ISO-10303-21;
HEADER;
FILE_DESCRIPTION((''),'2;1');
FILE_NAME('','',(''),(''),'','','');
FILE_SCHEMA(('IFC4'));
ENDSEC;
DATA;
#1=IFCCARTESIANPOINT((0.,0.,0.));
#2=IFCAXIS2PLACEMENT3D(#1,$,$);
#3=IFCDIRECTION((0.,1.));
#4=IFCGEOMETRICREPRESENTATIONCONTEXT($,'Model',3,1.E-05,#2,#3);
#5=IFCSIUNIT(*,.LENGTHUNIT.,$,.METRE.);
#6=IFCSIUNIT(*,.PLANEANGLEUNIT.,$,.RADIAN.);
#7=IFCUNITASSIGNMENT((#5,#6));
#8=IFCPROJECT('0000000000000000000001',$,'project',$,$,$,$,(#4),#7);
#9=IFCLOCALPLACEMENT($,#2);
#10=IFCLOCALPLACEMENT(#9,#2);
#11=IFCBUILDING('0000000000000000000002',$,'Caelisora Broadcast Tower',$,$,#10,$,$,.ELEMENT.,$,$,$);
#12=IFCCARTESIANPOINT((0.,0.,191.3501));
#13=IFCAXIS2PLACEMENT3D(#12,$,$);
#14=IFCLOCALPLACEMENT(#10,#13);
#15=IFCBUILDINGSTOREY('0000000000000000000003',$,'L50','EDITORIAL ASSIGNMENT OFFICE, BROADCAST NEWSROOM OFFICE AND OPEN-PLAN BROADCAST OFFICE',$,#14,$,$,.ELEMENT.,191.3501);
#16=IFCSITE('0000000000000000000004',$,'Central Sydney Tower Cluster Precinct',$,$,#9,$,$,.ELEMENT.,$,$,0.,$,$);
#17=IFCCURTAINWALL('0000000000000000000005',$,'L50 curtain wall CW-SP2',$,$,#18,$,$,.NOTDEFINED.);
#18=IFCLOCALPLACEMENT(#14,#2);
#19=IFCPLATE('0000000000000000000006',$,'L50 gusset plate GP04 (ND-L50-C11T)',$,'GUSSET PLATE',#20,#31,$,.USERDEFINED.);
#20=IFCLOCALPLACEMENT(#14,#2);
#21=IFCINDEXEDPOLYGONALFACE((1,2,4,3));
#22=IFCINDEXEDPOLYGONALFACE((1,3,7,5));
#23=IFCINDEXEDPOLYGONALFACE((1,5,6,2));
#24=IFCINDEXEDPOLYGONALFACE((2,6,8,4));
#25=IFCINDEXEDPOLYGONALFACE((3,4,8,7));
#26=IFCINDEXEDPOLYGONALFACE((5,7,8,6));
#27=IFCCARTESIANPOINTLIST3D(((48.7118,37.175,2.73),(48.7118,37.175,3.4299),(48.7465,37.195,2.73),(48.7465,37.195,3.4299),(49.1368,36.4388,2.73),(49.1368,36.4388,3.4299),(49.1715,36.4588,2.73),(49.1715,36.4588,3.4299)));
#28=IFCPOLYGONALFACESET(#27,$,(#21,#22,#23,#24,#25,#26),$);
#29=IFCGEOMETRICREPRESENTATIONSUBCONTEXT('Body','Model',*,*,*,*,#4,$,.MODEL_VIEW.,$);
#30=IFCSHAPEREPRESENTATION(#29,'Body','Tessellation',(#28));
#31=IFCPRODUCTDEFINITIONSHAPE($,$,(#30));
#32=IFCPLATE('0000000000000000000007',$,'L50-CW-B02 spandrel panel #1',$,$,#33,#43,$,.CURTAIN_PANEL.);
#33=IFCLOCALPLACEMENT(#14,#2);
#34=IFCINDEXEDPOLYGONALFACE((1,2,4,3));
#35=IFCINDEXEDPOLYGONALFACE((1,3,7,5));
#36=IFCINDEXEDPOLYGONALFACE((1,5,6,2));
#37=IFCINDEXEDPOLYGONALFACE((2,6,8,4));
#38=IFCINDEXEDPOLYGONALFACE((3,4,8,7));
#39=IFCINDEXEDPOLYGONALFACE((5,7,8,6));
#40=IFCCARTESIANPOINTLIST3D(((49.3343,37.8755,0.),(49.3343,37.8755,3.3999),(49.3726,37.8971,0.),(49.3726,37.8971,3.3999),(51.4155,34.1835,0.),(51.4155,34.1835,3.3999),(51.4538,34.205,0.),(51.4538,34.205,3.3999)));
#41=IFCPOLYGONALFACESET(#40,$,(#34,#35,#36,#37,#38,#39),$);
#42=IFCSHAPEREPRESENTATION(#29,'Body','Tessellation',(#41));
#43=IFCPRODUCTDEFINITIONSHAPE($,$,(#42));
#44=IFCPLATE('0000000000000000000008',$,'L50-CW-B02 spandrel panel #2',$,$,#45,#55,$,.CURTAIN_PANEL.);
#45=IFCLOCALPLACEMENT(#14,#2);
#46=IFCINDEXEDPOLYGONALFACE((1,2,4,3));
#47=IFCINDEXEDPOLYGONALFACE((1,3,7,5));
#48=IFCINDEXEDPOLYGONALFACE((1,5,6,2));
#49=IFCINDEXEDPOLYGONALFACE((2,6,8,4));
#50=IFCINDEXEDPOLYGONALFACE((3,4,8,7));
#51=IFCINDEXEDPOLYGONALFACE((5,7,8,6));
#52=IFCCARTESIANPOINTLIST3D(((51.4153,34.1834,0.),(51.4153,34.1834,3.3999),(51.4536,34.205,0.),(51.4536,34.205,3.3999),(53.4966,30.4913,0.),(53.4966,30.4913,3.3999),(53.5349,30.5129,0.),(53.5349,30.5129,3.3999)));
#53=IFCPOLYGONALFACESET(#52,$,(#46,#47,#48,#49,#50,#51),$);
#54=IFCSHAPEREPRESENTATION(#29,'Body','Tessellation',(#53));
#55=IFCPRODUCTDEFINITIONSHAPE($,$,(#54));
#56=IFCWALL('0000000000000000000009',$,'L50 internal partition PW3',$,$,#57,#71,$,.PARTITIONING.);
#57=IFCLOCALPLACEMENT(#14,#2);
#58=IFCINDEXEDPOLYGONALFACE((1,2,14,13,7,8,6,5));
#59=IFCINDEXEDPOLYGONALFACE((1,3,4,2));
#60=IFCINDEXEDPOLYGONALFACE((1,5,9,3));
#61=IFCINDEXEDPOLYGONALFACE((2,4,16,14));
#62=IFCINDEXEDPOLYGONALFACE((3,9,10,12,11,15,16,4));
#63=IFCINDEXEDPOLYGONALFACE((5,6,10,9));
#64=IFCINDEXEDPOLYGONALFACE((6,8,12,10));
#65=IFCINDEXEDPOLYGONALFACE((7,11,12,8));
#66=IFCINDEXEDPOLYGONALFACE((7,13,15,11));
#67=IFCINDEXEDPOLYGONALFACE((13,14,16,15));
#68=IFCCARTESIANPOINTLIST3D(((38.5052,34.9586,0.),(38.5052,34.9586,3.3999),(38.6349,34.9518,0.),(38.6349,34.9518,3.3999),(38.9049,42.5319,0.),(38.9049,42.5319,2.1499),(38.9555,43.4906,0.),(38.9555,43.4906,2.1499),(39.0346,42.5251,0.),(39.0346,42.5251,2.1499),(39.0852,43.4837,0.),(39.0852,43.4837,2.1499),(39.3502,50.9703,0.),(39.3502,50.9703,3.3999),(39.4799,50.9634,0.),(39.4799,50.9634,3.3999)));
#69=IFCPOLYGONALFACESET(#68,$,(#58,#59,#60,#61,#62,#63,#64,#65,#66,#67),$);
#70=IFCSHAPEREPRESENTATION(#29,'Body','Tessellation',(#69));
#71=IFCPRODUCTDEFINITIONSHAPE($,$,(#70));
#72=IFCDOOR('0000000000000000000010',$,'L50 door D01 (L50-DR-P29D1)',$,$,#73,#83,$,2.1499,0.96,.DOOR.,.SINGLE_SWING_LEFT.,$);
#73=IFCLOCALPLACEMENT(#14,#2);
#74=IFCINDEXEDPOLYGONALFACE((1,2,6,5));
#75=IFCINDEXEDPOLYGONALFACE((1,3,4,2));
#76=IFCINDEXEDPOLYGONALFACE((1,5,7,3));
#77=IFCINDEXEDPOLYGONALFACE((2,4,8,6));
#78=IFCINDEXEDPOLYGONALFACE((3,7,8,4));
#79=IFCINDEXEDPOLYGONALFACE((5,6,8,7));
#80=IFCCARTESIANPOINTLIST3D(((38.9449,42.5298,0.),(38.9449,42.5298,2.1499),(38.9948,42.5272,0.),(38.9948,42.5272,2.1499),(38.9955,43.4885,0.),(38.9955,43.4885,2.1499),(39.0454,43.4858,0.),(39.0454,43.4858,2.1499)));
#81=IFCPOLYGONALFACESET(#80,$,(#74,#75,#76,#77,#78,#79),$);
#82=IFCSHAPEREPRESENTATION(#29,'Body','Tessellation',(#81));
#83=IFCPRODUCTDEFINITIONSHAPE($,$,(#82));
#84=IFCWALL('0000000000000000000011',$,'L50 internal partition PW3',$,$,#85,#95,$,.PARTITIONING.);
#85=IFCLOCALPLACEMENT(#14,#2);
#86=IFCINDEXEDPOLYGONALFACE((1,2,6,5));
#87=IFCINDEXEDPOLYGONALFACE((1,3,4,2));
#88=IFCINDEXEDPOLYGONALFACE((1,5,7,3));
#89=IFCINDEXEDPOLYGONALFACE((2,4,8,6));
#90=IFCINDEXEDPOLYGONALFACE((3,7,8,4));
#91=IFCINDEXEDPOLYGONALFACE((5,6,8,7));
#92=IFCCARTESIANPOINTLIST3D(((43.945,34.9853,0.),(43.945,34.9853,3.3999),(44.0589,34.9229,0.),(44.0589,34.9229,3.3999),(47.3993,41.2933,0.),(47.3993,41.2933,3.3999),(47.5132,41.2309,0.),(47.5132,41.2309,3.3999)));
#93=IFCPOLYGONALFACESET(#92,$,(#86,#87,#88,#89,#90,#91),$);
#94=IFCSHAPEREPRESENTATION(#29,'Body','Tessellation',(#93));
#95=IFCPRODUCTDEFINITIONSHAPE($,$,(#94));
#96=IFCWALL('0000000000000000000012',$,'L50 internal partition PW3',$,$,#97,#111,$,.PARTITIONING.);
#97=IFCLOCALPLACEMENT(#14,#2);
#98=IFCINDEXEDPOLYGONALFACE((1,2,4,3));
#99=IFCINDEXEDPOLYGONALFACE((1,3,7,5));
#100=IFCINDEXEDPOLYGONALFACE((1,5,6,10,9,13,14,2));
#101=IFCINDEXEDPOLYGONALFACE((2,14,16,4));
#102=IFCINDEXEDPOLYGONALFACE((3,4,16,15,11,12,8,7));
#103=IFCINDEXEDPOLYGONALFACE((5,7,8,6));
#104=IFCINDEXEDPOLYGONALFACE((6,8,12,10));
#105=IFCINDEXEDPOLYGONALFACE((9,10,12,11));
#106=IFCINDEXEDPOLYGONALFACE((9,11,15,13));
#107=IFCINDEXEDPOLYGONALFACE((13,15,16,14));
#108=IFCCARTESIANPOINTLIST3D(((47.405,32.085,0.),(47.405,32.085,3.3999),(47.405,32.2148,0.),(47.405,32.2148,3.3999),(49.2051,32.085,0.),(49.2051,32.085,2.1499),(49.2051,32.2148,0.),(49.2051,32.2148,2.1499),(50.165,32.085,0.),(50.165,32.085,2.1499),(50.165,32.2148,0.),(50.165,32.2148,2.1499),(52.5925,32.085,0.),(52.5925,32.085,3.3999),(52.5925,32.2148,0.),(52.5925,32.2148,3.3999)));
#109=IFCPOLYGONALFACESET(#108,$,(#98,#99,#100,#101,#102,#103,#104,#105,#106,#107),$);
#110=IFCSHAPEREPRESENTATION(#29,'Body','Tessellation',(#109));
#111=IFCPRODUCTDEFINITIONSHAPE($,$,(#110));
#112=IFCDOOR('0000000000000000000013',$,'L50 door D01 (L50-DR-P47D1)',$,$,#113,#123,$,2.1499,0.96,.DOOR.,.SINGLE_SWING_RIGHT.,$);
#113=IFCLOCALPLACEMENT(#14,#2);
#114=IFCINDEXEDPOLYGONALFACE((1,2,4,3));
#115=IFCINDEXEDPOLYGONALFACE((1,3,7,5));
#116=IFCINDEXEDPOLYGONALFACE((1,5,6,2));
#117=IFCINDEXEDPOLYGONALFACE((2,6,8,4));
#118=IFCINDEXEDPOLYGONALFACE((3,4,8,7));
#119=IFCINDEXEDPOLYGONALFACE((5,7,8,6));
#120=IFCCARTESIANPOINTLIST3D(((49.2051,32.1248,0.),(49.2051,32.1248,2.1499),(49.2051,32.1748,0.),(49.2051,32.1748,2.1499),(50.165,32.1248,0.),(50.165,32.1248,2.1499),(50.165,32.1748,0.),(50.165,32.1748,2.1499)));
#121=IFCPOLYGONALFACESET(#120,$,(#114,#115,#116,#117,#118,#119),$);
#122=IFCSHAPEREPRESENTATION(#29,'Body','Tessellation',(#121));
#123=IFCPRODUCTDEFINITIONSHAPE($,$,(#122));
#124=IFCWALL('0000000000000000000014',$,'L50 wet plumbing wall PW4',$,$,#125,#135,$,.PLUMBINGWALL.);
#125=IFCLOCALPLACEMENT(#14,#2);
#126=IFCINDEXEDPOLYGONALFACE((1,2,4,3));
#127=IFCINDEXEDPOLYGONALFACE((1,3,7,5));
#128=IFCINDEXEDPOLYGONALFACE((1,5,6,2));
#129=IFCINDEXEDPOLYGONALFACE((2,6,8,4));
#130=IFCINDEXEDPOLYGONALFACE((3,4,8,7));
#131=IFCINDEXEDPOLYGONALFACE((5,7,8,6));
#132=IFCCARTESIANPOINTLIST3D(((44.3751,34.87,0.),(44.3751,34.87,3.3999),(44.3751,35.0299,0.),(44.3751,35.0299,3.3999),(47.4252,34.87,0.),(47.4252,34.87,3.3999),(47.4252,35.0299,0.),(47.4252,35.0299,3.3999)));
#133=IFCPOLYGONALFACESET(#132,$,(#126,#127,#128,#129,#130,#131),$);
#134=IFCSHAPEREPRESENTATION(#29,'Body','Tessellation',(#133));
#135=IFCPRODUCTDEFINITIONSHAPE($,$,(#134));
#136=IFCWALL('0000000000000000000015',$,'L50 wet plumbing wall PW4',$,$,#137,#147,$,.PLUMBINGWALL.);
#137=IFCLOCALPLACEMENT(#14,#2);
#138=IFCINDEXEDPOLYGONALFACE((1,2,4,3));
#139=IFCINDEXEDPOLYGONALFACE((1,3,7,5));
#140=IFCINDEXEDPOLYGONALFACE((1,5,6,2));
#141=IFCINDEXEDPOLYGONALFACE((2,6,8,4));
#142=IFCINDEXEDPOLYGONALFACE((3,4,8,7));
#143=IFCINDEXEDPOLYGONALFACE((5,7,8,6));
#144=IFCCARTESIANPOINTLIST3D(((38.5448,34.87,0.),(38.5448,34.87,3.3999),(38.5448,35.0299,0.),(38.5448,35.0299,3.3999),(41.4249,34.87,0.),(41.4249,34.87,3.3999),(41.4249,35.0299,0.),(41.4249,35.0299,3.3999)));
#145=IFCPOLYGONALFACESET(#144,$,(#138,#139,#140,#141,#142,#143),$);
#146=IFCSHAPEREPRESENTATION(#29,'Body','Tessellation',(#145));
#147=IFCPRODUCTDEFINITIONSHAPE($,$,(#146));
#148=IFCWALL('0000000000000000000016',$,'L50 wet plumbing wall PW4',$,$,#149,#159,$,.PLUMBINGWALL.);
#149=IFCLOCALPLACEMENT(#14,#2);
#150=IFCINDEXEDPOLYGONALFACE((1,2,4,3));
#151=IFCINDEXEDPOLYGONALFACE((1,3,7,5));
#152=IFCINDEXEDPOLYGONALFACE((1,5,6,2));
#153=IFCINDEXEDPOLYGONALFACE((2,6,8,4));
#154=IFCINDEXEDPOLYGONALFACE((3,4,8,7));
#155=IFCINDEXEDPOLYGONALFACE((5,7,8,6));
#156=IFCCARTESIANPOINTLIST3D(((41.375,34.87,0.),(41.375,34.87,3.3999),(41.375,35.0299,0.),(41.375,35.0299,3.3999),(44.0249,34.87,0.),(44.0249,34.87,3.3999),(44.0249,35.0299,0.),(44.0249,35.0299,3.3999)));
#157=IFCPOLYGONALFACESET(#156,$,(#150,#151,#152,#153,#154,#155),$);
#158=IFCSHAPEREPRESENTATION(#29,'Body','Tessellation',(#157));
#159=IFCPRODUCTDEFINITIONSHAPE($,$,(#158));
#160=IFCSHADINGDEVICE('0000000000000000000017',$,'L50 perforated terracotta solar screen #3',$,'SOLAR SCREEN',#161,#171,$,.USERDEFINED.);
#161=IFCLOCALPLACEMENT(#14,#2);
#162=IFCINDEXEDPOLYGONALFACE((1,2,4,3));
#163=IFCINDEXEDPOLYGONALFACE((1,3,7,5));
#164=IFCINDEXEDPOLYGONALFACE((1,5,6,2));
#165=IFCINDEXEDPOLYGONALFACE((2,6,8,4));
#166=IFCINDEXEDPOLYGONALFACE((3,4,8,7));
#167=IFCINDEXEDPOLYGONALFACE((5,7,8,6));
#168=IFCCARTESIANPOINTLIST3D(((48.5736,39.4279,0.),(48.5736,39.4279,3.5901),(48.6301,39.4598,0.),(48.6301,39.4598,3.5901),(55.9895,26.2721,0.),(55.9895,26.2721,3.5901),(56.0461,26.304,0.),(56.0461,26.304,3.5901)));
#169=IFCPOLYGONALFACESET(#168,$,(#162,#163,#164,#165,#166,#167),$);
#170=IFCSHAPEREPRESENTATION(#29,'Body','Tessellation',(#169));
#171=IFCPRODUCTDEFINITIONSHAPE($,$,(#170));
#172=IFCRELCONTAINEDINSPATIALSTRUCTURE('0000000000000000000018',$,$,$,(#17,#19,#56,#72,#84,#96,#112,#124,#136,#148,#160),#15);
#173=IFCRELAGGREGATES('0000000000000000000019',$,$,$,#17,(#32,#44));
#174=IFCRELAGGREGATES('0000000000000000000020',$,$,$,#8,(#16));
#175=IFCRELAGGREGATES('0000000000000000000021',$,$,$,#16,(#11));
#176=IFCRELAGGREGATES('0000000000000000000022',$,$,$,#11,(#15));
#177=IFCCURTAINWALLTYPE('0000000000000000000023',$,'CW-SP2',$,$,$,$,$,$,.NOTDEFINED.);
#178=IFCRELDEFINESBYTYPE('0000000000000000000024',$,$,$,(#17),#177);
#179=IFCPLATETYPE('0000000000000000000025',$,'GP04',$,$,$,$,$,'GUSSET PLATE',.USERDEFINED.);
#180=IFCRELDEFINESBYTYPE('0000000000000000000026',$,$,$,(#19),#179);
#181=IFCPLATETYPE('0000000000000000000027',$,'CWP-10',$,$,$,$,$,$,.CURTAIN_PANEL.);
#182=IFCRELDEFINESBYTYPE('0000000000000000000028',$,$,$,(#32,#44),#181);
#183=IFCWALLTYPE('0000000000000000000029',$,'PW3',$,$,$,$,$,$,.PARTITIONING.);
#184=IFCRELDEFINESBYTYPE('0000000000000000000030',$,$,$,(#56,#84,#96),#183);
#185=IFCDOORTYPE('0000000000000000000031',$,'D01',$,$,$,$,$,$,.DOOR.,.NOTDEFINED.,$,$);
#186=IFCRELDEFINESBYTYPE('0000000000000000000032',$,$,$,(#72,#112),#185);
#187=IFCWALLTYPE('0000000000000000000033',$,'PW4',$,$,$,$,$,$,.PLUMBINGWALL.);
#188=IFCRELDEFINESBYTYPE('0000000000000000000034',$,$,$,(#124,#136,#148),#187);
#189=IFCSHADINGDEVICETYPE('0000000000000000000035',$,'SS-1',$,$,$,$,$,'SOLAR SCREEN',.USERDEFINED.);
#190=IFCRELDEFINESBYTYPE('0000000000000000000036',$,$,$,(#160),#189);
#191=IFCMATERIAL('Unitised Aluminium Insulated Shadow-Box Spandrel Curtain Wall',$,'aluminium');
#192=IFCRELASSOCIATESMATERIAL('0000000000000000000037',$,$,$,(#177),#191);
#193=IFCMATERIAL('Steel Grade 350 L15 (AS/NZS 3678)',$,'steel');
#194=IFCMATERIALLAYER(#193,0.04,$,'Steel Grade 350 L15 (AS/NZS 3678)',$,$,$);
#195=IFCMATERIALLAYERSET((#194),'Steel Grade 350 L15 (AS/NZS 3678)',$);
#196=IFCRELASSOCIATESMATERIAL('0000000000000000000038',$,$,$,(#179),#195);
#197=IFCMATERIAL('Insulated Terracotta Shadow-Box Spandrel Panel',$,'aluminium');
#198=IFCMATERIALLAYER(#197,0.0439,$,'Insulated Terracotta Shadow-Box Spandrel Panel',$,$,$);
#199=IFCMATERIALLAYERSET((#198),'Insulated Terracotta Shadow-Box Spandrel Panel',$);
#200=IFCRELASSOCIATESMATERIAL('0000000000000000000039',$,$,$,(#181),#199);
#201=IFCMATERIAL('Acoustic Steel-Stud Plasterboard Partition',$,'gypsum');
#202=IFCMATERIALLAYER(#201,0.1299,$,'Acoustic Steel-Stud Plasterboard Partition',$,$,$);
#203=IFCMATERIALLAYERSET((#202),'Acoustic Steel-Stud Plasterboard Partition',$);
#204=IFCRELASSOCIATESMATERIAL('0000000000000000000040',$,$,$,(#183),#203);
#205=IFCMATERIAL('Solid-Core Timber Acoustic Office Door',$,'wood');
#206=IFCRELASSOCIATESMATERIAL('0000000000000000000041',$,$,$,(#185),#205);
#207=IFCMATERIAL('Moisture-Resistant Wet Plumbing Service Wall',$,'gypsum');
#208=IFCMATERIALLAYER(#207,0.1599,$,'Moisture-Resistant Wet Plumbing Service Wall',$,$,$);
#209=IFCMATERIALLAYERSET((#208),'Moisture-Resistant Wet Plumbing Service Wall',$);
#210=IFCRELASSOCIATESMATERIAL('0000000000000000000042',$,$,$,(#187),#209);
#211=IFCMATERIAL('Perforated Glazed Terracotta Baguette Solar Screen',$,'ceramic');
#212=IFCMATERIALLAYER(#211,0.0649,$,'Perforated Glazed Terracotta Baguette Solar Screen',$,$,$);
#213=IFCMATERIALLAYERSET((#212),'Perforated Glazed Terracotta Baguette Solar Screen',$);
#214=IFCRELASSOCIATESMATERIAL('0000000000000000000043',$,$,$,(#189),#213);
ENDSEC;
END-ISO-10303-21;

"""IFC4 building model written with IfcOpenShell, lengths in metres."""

from ifc_helpers import new_model, si_unit, direction, frame, frame_2d, origin, origin_2d, place, context, subcontext, project, spatial, rectangle, extrude, source, transform, mapped, material, layer, layer_set, type_object, type_shapes, element, fill, aggregate, save


model = new_model("IFC4")

# Units and contexts
model_context = context("Model", 3, precision=1e-05, world=origin(), true_north=direction((0.0, 1.0)))
body_context = subcontext(model_context, "Body", "Model", "MODEL_VIEW")
ifc_project = project(units=[si_unit("LENGTHUNIT", "METRE"), si_unit("PLANEANGLEUNIT", "RADIAN")], contexts=[model_context])

# Site, building, storey
site_placement = place(None, origin())
site = spatial("IfcSite", under=ifc_project, at=site_placement, Name="Central Sydney Tower Cluster Precinct", CompositionType="ELEMENT", RefElevation=0.0)
building_placement = place(site_placement, origin())
building = spatial("IfcBuilding", under=site, at=building_placement, Name="Caelisora Broadcast Tower", CompositionType="ELEMENT")
storey_placement = place(building_placement, frame((0.0, 0.0, 191.3501)))
storey = spatial("IfcBuildingStorey", under=building, at=storey_placement, Name="L50", Description="EDITORIAL ASSIGNMENT OFFICE, BROADCAST NEWSROOM OFFICE AND OPEN-PLAN BROADCAST OFFICE", CompositionType="ELEMENT", Elevation=191.3501)

# Shared definitions
ifc_material_1 = material(Name="Steel Grade 350 L15 (AS/NZS 3678)", Category="steel")

# Curtain wall
ifc_material_2 = material(Name="Unitised Aluminium Insulated Shadow-Box Spandrel Curtain Wall", Category="aluminium")
curtain_wall_type = type_object("IfcCurtainWallType", Name="CW-SP2", PredefinedType="NOTDEFINED", material=ifc_material_2)
curtain_wall_placement = place(storey_placement, origin())
curtain_wall = element("IfcCurtainWall", 1, at=curtain_wall_placement, inside=storey, type_object=curtain_wall_type, Name="L50 curtain wall CW-SP2", PredefinedType="NOTDEFINED")

# Plates
ifc_layer_1 = layer(ifc_material_1, 0.04, Name="Steel Grade 350 L15 (AS/NZS 3678)")
ifc_layer_set_1 = layer_set([ifc_layer_1], Name="Steel Grade 350 L15 (AS/NZS 3678)")
plate_type_1 = type_object("IfcPlateType", Name="GP04", ElementType="GUSSET PLATE", PredefinedType="USERDEFINED", material=ifc_layer_set_1)
shared_shape_1 = source(origin(), body_context, "Body", "SweptSolid", [
    extrude(rectangle(XDim=0.8501, YDim=0.04, at=origin_2d()), origin(), (0.0, 0.0, 1.0), 0.7),
])
type_shapes(plate_type_1, [shared_shape_1])
plate_1_placement = place(storey_placement, frame((48.9417, 36.8169, 2.73), z_axis=(0.0, 0.0, 1.0), x_axis=(-0.5, 0.866025, 0.0)))
element("IfcPlate", 2, at=plate_1_placement, inside=storey, type_object=plate_type_1, Name="L50 gusset plate GP04 (ND-L50-C11T)", ObjectType="GUSSET PLATE", PredefinedType="USERDEFINED", context=body_context, shape_type="MappedRepresentation", body=[
    mapped(shared_shape_1, transform((0.0, 0.0, 0.0), scale=1.0)),
])
ifc_material_3 = material(Name="Insulated Terracotta Shadow-Box Spandrel Panel", Category="aluminium")
ifc_layer_2 = layer(ifc_material_3, 0.0439, Name="Insulated Terracotta Shadow-Box Spandrel Panel")
ifc_layer_set_2 = layer_set([ifc_layer_2], Name="Insulated Terracotta Shadow-Box Spandrel Panel")
plate_type_2 = type_object("IfcPlateType", Name="CWP-10", PredefinedType="CURTAIN_PANEL", material=ifc_layer_set_2)
shared_shape_2 = source(origin(), body_context, "Body", "SweptSolid", [
    extrude(rectangle(XDim=4.2383, YDim=0.0439, at=origin_2d()), origin(), (0.0, 0.0, 1.0), 3.3999),
])
type_shapes(plate_type_2, [shared_shape_2])
plate_2_placement = place(storey_placement, frame((50.394, 36.0403, 0.0), z_axis=(0.0, 0.0, 1.0), x_axis=(0.491056, -0.871128, 0.0)))
plate_2 = element("IfcPlate", 3, at=plate_2_placement, type_object=plate_type_2, Name="L50-CW-B02 spandrel panel #1", PredefinedType="CURTAIN_PANEL", context=body_context, shape_type="MappedRepresentation", body=[
    mapped(shared_shape_2, transform((0.0, 0.0, 0.0), scale=1.0)),
])
plate_3_placement = place(storey_placement, frame((52.4751, 32.3481, 0.0), z_axis=(0.0, 0.0, 1.0), x_axis=(0.491056, -0.871128, 0.0)))
plate_3 = element("IfcPlate", 4, at=plate_3_placement, type_object=plate_type_2, Name="L50-CW-B02 spandrel panel #2", PredefinedType="CURTAIN_PANEL", context=body_context, shape_type="MappedRepresentation", body=[
    mapped(shared_shape_2, transform((0.0, 0.0, 0.0), scale=1.0)),
])
aggregate(curtain_wall, [plate_2, plate_3])

# Wall, opening, door
ifc_material_4 = material(Name="Acoustic Steel-Stud Plasterboard Partition", Category="gypsum")
ifc_layer_3 = layer(ifc_material_4, 0.1299, Name="Acoustic Steel-Stud Plasterboard Partition")
ifc_layer_set_3 = layer_set([ifc_layer_3], Name="Acoustic Steel-Stud Plasterboard Partition")
wall_type_1 = type_object("IfcWallType", Name="PW3", PredefinedType="PARTITIONING", material=ifc_layer_set_3)
wall_1_placement = place(storey_placement, frame((38.5701, 34.9551, 0.0), z_axis=(0.0, 0.0, 1.0), x_axis=(0.052699, 0.99861, 0.0)))
wall_1 = element("IfcWall", 5, at=wall_1_placement, inside=storey, type_object=wall_type_1, Name="L50 internal partition PW3", PredefinedType="PARTITIONING", context=body_context, shape_type="SweptSolid", body=[
    extrude(rectangle(XDim=16.0339, YDim=0.1299, at=frame_2d((8.0171, 0.0))), origin(), (0.0, 0.0, 1.0), 3.3999),
])
opening_1_placement = place(wall_1_placement, frame((7.584, 0.0, 0.0)))
opening_1 = element("IfcOpeningElement", 6, at=opening_1_placement, cuts=wall_1, PredefinedType="OPENING", context=body_context, shape_type="SweptSolid", body=[
    extrude(rectangle(XDim=0.96, YDim=2.1499, at=frame_2d((0.48, 1.075))), frame((0.0, 0.0769, 0.0), z_axis=(0.0, -1.0, 0.0), x_axis=(1.0, 0.0, 0.0)), (0.0, 0.0, 1.0), 0.1538),
])
ifc_material_5 = material(Name="Solid-Core Timber Acoustic Office Door", Category="wood")
door_type = type_object("IfcDoorType", Name="D01", OperationType="NOTDEFINED", PredefinedType="DOOR", material=ifc_material_5)
door_1_placement = place(opening_1_placement, origin())
door_1 = element("IfcDoor", 7, at=door_1_placement, inside=storey, type_object=door_type, Name="L50 door D01 (L50-DR-P29D1)", OperationType="SINGLE_SWING_LEFT", OverallHeight=2.1499, OverallWidth=0.96, PredefinedType="DOOR", context=body_context, shape_type="SweptSolid", body=[
    extrude(rectangle(XDim=0.96, YDim=2.1499, at=frame_2d((0.48, 1.075))), frame((0.0, 0.0249, 0.0), z_axis=(0.0, -1.0, 0.0), x_axis=(1.0, 0.0, 0.0)), (0.0, 0.0, 1.0), 0.05),
])
fill(opening_1, door_1)

# Wall
wall_2_placement = place(storey_placement, frame((44.002, 34.9541, 0.0), z_axis=(0.0, 0.0, 1.0), x_axis=(0.480305, 0.877102, 0.0)))
element("IfcWall", 8, at=wall_2_placement, inside=storey, type_object=wall_type_1, Name="L50 internal partition PW3", PredefinedType="PARTITIONING", context=body_context, shape_type="SweptSolid", body=[
    extrude(rectangle(XDim=7.1919, YDim=0.1299, at=frame_2d((3.5959, 0.0))), origin(), (0.0, 0.0, 1.0), 3.3999),
])

# Wall, opening, door
wall_3_placement = place(storey_placement, frame((47.405, 32.1499, 0.0), z_axis=(0.0, 0.0, 1.0), x_axis=(1.0, 0.0, 0.0)))
wall_3 = element("IfcWall", 9, at=wall_3_placement, inside=storey, type_object=wall_type_1, Name="L50 internal partition PW3", PredefinedType="PARTITIONING", context=body_context, shape_type="SweptSolid", body=[
    extrude(rectangle(XDim=5.1875, YDim=0.1299, at=frame_2d((2.5938, 0.0))), origin(), (0.0, 0.0, 1.0), 3.3999),
])
opening_2_placement = place(wall_3_placement, frame((1.8, 0.0, 0.0)))
opening_2 = element("IfcOpeningElement", 10, at=opening_2_placement, cuts=wall_3, PredefinedType="OPENING", context=body_context, shape_type="SweptSolid", body=[
    extrude(rectangle(XDim=0.96, YDim=2.1499, at=frame_2d((0.48, 1.075))), frame((0.0, 0.0769, 0.0), z_axis=(0.0, -1.0, 0.0), x_axis=(1.0, 0.0, 0.0)), (0.0, 0.0, 1.0), 0.1538),
])
door_2_placement = place(opening_2_placement, origin())
door_2 = element("IfcDoor", 11, at=door_2_placement, inside=storey, type_object=door_type, Name="L50 door D01 (L50-DR-P47D1)", OperationType="SINGLE_SWING_RIGHT", OverallHeight=2.1499, OverallWidth=0.96, PredefinedType="DOOR", context=body_context, shape_type="SweptSolid", body=[
    extrude(rectangle(XDim=0.96, YDim=2.1499, at=frame_2d((0.48, 1.075))), frame((0.0, 0.0249, 0.0), z_axis=(0.0, -1.0, 0.0), x_axis=(1.0, 0.0, 0.0)), (0.0, 0.0, 1.0), 0.05),
])
fill(opening_2, door_2)

# Walls
ifc_material_6 = material(Name="Moisture-Resistant Wet Plumbing Service Wall", Category="gypsum")
ifc_layer_4 = layer(ifc_material_6, 0.1599, Name="Moisture-Resistant Wet Plumbing Service Wall")
ifc_layer_set_4 = layer_set([ifc_layer_4], Name="Moisture-Resistant Wet Plumbing Service Wall")
wall_type_2 = type_object("IfcWallType", Name="PW4", PredefinedType="PLUMBINGWALL", material=ifc_layer_set_4)
wall_4_placement = place(storey_placement, frame((47.425, 34.95, 0.0), z_axis=(0.0, 0.0, 1.0), x_axis=(-1.0, 0.0, 0.0)))
element("IfcWall", 12, at=wall_4_placement, inside=storey, type_object=wall_type_2, Name="L50 wet plumbing wall PW4", PredefinedType="PLUMBINGWALL", context=body_context, shape_type="SweptSolid", body=[
    extrude(rectangle(XDim=3.05, YDim=0.1599, at=frame_2d((1.5249, 0.0))), origin(), (0.0, 0.0, 1.0), 3.3999),
])
wall_5_placement = place(storey_placement, frame((38.5449, 34.95, 0.0), z_axis=(0.0, 0.0, 1.0), x_axis=(1.0, 0.0, 0.0)))
element("IfcWall", 13, at=wall_5_placement, inside=storey, type_object=wall_type_2, Name="L50 wet plumbing wall PW4", PredefinedType="PLUMBINGWALL", context=body_context, shape_type="SweptSolid", body=[
    extrude(rectangle(XDim=2.8801, YDim=0.1599, at=frame_2d((1.4399, 0.0))), origin(), (0.0, 0.0, 1.0), 3.3999),
])
wall_6_placement = place(storey_placement, frame((41.375, 34.95, 0.0), z_axis=(0.0, 0.0, 1.0), x_axis=(1.0, 0.0, 0.0)))
element("IfcWall", 14, at=wall_6_placement, inside=storey, type_object=wall_type_2, Name="L50 wet plumbing wall PW4", PredefinedType="PLUMBINGWALL", context=body_context, shape_type="SweptSolid", body=[
    extrude(rectangle(XDim=2.6499, YDim=0.1599, at=frame_2d((1.325, 0.0))), origin(), (0.0, 0.0, 1.0), 3.3999),
])

# Shading device
ifc_material_7 = material(Name="Perforated Glazed Terracotta Baguette Solar Screen", Category="ceramic")
ifc_layer_5 = layer(ifc_material_7, 0.0649, Name="Perforated Glazed Terracotta Baguette Solar Screen")
ifc_layer_set_5 = layer_set([ifc_layer_5], Name="Perforated Glazed Terracotta Baguette Solar Screen")
shading_device_type = type_object("IfcShadingDeviceType", Name="SS-1", ElementType="SOLAR SCREEN", PredefinedType="USERDEFINED", material=ifc_layer_set_5)
shared_shape_3 = source(origin(), body_context, "Body", "SweptSolid", [
    extrude(rectangle(XDim=15.1021, YDim=0.0649, at=origin_2d()), origin(), (0.0, 0.0, 1.0), 3.5901),
])
type_shapes(shading_device_type, [shared_shape_3])
shading_device_placement = place(storey_placement, frame((52.3098, 32.866, 0.0), z_axis=(0.0, 0.0, 1.0), x_axis=(-0.491056, 0.871128, 0.0)))
element("IfcShadingDevice", 15, at=shading_device_placement, inside=storey, type_object=shading_device_type, Name="L50 perforated terracotta solar screen #3", ObjectType="SOLAR SCREEN", PredefinedType="USERDEFINED", context=body_context, shape_type="MappedRepresentation", body=[
    mapped(shared_shape_3, transform((0.0, 0.0, 0.0), scale=1.0)),
])

save(model, "model.ifc")
